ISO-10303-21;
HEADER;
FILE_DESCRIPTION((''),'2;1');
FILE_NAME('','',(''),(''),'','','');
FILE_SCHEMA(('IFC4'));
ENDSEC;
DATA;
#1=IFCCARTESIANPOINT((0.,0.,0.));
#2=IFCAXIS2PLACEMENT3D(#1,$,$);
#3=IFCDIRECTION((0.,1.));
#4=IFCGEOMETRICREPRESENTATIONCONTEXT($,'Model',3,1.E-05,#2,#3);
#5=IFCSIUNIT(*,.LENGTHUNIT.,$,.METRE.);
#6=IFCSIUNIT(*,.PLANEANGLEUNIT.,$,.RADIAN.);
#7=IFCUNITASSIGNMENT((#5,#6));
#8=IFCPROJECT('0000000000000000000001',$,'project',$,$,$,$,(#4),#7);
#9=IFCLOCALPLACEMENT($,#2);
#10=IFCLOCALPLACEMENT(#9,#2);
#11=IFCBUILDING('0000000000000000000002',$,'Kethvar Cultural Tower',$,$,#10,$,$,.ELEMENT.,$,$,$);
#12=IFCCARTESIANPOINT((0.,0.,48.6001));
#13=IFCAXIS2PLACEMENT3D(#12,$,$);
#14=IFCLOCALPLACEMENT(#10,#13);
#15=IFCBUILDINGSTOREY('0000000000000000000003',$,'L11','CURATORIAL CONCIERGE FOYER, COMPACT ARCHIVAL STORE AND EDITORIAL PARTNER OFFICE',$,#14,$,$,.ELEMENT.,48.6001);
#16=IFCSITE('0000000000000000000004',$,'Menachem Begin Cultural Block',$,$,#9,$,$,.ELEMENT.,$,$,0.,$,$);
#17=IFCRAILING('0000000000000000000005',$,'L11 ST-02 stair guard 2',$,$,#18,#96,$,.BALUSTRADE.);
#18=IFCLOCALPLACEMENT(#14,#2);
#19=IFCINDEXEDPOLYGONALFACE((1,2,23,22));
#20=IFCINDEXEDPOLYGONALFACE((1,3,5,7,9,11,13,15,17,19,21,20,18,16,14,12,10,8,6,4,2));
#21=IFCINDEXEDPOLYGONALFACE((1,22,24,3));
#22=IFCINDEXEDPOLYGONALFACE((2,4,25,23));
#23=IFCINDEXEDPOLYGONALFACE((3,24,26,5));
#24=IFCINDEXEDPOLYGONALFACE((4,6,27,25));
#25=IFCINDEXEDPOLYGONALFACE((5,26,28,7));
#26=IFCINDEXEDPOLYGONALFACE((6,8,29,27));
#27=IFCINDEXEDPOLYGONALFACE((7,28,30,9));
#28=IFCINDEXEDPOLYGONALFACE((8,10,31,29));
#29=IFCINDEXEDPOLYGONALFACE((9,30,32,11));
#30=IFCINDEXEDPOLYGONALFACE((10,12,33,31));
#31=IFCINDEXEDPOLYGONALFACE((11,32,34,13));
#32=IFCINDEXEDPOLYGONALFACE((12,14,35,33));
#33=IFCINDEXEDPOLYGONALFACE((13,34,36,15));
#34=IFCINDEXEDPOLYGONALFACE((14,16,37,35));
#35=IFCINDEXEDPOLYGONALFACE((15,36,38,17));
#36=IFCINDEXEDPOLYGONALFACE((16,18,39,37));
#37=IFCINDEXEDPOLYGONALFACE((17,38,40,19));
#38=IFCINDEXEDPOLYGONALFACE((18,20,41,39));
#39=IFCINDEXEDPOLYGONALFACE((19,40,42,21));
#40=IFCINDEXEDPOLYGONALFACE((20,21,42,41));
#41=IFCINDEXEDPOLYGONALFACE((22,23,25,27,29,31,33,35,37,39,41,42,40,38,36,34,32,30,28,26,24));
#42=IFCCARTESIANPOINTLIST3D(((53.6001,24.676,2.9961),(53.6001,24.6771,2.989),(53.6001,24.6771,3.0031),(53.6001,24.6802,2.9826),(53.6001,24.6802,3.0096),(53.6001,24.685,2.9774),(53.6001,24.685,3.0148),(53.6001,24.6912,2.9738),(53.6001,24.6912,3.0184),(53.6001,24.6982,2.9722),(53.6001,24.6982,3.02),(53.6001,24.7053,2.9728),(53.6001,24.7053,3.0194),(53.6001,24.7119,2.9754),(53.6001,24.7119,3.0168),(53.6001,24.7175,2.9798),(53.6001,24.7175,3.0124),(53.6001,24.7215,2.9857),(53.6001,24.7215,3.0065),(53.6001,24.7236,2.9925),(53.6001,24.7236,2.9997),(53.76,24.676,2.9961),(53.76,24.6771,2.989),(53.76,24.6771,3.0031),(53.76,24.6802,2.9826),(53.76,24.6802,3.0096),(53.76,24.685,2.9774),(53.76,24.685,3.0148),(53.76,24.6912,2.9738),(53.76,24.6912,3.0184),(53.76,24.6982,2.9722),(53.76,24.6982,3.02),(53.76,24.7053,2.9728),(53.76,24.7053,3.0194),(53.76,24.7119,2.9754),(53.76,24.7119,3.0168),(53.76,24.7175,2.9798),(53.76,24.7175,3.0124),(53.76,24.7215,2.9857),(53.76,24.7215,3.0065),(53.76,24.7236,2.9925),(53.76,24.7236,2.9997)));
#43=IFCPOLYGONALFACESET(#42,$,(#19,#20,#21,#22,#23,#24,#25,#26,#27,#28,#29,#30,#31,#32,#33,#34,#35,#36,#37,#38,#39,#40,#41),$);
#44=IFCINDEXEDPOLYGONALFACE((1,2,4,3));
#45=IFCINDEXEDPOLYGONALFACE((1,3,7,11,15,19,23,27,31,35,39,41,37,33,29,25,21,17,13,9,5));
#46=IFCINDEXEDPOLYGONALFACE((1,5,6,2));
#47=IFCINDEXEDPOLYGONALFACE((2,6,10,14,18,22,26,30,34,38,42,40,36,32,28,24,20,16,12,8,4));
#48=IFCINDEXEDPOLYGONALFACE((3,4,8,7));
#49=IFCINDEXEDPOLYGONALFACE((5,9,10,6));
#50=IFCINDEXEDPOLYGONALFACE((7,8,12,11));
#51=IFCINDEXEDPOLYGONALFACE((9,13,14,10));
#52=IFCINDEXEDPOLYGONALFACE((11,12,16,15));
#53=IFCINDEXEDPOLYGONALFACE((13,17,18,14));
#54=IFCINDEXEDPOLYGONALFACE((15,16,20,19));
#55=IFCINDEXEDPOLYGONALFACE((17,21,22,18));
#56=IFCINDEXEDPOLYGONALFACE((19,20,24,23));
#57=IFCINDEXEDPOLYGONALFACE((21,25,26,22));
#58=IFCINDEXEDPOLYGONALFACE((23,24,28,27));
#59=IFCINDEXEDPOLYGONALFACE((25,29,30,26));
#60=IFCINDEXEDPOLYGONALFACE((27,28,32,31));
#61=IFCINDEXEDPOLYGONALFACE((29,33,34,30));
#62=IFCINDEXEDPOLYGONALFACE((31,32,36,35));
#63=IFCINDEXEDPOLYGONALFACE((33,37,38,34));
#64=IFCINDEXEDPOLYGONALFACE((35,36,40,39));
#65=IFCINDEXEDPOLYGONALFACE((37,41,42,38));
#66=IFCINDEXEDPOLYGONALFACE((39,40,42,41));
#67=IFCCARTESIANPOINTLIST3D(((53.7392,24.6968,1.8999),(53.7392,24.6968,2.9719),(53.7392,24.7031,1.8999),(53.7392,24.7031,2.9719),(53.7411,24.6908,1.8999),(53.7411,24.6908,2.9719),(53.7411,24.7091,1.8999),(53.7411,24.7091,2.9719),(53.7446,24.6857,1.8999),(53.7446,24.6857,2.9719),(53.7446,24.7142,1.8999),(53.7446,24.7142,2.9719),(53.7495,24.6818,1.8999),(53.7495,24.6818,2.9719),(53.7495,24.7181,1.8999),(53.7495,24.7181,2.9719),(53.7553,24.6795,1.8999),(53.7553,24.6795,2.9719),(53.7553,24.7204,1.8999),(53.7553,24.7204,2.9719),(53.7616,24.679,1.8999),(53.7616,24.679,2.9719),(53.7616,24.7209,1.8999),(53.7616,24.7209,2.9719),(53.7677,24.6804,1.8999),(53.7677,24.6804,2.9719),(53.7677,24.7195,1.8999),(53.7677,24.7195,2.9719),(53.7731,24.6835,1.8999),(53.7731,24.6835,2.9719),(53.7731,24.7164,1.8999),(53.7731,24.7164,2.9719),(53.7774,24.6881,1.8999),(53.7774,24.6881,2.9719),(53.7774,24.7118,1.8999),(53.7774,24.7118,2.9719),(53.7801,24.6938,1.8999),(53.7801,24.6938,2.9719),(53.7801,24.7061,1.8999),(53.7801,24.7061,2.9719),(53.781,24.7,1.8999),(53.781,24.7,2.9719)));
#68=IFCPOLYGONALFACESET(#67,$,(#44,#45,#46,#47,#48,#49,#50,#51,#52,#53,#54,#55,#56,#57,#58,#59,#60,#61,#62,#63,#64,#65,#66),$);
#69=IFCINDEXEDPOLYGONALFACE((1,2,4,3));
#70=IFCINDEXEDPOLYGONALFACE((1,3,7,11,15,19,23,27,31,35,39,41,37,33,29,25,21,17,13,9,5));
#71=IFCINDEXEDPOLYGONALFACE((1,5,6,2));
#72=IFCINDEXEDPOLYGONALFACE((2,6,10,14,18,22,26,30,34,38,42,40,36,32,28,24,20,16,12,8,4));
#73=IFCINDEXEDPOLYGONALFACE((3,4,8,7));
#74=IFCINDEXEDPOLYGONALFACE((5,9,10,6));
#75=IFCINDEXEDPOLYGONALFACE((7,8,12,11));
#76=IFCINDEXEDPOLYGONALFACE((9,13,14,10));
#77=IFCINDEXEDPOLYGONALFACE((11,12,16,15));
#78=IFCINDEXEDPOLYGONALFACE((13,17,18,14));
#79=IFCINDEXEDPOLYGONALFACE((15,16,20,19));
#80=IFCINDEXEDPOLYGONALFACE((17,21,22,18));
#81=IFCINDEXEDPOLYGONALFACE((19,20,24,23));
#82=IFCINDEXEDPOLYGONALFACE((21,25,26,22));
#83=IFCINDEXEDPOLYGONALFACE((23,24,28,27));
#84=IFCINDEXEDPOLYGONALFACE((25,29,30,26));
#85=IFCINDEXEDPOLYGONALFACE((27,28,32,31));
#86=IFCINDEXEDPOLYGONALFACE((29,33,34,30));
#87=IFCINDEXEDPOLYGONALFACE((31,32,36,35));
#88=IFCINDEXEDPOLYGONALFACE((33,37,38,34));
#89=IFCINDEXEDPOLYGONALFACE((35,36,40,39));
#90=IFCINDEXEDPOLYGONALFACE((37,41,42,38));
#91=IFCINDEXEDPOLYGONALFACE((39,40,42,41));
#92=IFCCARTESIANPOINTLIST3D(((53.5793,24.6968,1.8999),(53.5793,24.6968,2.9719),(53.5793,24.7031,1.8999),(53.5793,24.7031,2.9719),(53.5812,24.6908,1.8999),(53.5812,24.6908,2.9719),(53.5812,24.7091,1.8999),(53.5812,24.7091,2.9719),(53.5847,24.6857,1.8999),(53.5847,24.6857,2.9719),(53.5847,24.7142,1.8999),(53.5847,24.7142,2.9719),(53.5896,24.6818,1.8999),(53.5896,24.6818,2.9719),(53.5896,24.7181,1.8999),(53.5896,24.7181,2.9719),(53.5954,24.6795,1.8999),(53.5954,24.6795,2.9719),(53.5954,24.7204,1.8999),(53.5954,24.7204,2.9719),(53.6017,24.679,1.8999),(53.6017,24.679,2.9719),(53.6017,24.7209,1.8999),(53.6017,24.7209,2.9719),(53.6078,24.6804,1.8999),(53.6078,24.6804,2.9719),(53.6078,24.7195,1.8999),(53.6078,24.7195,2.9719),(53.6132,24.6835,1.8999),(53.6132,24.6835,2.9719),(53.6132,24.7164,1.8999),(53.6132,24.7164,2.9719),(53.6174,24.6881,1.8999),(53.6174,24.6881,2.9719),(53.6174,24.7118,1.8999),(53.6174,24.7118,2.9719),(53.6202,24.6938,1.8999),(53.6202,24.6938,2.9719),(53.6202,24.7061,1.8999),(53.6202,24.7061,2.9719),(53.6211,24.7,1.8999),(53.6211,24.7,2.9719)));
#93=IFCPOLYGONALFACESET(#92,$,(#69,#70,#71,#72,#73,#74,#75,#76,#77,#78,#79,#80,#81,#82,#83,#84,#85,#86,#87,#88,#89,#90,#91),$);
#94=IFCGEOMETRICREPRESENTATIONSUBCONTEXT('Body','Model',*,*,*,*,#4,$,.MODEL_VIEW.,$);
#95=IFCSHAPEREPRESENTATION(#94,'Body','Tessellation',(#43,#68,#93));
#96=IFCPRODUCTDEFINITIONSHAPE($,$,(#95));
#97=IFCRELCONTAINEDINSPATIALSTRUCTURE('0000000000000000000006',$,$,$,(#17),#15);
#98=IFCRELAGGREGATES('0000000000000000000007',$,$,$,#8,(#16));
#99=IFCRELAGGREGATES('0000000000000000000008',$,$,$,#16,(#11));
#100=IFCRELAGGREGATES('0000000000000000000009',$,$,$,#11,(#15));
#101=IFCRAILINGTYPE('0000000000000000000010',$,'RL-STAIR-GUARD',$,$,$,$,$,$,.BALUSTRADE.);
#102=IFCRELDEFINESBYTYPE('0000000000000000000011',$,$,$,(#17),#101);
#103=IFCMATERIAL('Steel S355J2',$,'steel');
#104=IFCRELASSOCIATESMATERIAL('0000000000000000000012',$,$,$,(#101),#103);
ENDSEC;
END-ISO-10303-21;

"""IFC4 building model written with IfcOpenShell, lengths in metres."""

from ifc_helpers import new_model, si_unit, direction, frame, origin, origin_2d, place, context, subcontext, project, spatial, circle, extrude, material, type_object, element, save


model = new_model("IFC4")

# Units and contexts
model_context = context("Model", 3, precision=1e-05, world=origin(), true_north=direction((0.0, 1.0)))
body_context = subcontext(model_context, "Body", "Model", "MODEL_VIEW")
ifc_project = project(units=[si_unit("LENGTHUNIT", "METRE"), si_unit("PLANEANGLEUNIT", "RADIAN")], contexts=[model_context])

# Site, building, storey
site_placement = place(None, origin())
site = spatial("IfcSite", under=ifc_project, at=site_placement, Name="Menachem Begin Cultural Block", CompositionType="ELEMENT", RefElevation=0.0)
building_placement = place(site_placement, origin())
building = spatial("IfcBuilding", under=site, at=building_placement, Name="Kethvar Cultural Tower", CompositionType="ELEMENT")
storey_placement = place(building_placement, frame((0.0, 0.0, 48.6001)))
storey = spatial("IfcBuildingStorey", under=building, at=storey_placement, Name="L11", Description="CURATORIAL CONCIERGE FOYER, COMPACT ARCHIVAL STORE AND EDITORIAL PARTNER OFFICE", CompositionType="ELEMENT", Elevation=48.6001)

# Shared definitions
ifc_material_1 = material(Name="Steel S355J2", Category="steel")

# Railing
railing_type_1 = type_object("IfcRailingType", Name="RL-STAIR-GUARD", PredefinedType="BALUSTRADE", material=ifc_material_1)
railing_1_placement = place(storey_placement, frame((53.76, 24.7, 1.8999)))
element("IfcRailing", 1, at=railing_1_placement, inside=storey, type_object=railing_type_1, Name="L11 ST-02 stair guard 2", PredefinedType="BALUSTRADE", context=body_context, shape_type="SweptSolid", body=[
    extrude(circle(Radius=0.0239, at=origin_2d()), frame((0.0, 0.0, 1.0962), z_axis=(-1.0, 0.0, 0.0), x_axis=(0.0, -1.0, 0.0)), (0.0, 0.0, 1.0), 0.1599),
    extrude(circle(Radius=0.021, at=origin_2d()), origin(), (0.0, 0.0, 1.0), 1.072),
    extrude(circle(Radius=0.021, at=origin_2d()), frame((-0.1599, 0.0, 0.0)), (0.0, 0.0, 1.0), 1.072),
])

save(model, "model.ifc")
